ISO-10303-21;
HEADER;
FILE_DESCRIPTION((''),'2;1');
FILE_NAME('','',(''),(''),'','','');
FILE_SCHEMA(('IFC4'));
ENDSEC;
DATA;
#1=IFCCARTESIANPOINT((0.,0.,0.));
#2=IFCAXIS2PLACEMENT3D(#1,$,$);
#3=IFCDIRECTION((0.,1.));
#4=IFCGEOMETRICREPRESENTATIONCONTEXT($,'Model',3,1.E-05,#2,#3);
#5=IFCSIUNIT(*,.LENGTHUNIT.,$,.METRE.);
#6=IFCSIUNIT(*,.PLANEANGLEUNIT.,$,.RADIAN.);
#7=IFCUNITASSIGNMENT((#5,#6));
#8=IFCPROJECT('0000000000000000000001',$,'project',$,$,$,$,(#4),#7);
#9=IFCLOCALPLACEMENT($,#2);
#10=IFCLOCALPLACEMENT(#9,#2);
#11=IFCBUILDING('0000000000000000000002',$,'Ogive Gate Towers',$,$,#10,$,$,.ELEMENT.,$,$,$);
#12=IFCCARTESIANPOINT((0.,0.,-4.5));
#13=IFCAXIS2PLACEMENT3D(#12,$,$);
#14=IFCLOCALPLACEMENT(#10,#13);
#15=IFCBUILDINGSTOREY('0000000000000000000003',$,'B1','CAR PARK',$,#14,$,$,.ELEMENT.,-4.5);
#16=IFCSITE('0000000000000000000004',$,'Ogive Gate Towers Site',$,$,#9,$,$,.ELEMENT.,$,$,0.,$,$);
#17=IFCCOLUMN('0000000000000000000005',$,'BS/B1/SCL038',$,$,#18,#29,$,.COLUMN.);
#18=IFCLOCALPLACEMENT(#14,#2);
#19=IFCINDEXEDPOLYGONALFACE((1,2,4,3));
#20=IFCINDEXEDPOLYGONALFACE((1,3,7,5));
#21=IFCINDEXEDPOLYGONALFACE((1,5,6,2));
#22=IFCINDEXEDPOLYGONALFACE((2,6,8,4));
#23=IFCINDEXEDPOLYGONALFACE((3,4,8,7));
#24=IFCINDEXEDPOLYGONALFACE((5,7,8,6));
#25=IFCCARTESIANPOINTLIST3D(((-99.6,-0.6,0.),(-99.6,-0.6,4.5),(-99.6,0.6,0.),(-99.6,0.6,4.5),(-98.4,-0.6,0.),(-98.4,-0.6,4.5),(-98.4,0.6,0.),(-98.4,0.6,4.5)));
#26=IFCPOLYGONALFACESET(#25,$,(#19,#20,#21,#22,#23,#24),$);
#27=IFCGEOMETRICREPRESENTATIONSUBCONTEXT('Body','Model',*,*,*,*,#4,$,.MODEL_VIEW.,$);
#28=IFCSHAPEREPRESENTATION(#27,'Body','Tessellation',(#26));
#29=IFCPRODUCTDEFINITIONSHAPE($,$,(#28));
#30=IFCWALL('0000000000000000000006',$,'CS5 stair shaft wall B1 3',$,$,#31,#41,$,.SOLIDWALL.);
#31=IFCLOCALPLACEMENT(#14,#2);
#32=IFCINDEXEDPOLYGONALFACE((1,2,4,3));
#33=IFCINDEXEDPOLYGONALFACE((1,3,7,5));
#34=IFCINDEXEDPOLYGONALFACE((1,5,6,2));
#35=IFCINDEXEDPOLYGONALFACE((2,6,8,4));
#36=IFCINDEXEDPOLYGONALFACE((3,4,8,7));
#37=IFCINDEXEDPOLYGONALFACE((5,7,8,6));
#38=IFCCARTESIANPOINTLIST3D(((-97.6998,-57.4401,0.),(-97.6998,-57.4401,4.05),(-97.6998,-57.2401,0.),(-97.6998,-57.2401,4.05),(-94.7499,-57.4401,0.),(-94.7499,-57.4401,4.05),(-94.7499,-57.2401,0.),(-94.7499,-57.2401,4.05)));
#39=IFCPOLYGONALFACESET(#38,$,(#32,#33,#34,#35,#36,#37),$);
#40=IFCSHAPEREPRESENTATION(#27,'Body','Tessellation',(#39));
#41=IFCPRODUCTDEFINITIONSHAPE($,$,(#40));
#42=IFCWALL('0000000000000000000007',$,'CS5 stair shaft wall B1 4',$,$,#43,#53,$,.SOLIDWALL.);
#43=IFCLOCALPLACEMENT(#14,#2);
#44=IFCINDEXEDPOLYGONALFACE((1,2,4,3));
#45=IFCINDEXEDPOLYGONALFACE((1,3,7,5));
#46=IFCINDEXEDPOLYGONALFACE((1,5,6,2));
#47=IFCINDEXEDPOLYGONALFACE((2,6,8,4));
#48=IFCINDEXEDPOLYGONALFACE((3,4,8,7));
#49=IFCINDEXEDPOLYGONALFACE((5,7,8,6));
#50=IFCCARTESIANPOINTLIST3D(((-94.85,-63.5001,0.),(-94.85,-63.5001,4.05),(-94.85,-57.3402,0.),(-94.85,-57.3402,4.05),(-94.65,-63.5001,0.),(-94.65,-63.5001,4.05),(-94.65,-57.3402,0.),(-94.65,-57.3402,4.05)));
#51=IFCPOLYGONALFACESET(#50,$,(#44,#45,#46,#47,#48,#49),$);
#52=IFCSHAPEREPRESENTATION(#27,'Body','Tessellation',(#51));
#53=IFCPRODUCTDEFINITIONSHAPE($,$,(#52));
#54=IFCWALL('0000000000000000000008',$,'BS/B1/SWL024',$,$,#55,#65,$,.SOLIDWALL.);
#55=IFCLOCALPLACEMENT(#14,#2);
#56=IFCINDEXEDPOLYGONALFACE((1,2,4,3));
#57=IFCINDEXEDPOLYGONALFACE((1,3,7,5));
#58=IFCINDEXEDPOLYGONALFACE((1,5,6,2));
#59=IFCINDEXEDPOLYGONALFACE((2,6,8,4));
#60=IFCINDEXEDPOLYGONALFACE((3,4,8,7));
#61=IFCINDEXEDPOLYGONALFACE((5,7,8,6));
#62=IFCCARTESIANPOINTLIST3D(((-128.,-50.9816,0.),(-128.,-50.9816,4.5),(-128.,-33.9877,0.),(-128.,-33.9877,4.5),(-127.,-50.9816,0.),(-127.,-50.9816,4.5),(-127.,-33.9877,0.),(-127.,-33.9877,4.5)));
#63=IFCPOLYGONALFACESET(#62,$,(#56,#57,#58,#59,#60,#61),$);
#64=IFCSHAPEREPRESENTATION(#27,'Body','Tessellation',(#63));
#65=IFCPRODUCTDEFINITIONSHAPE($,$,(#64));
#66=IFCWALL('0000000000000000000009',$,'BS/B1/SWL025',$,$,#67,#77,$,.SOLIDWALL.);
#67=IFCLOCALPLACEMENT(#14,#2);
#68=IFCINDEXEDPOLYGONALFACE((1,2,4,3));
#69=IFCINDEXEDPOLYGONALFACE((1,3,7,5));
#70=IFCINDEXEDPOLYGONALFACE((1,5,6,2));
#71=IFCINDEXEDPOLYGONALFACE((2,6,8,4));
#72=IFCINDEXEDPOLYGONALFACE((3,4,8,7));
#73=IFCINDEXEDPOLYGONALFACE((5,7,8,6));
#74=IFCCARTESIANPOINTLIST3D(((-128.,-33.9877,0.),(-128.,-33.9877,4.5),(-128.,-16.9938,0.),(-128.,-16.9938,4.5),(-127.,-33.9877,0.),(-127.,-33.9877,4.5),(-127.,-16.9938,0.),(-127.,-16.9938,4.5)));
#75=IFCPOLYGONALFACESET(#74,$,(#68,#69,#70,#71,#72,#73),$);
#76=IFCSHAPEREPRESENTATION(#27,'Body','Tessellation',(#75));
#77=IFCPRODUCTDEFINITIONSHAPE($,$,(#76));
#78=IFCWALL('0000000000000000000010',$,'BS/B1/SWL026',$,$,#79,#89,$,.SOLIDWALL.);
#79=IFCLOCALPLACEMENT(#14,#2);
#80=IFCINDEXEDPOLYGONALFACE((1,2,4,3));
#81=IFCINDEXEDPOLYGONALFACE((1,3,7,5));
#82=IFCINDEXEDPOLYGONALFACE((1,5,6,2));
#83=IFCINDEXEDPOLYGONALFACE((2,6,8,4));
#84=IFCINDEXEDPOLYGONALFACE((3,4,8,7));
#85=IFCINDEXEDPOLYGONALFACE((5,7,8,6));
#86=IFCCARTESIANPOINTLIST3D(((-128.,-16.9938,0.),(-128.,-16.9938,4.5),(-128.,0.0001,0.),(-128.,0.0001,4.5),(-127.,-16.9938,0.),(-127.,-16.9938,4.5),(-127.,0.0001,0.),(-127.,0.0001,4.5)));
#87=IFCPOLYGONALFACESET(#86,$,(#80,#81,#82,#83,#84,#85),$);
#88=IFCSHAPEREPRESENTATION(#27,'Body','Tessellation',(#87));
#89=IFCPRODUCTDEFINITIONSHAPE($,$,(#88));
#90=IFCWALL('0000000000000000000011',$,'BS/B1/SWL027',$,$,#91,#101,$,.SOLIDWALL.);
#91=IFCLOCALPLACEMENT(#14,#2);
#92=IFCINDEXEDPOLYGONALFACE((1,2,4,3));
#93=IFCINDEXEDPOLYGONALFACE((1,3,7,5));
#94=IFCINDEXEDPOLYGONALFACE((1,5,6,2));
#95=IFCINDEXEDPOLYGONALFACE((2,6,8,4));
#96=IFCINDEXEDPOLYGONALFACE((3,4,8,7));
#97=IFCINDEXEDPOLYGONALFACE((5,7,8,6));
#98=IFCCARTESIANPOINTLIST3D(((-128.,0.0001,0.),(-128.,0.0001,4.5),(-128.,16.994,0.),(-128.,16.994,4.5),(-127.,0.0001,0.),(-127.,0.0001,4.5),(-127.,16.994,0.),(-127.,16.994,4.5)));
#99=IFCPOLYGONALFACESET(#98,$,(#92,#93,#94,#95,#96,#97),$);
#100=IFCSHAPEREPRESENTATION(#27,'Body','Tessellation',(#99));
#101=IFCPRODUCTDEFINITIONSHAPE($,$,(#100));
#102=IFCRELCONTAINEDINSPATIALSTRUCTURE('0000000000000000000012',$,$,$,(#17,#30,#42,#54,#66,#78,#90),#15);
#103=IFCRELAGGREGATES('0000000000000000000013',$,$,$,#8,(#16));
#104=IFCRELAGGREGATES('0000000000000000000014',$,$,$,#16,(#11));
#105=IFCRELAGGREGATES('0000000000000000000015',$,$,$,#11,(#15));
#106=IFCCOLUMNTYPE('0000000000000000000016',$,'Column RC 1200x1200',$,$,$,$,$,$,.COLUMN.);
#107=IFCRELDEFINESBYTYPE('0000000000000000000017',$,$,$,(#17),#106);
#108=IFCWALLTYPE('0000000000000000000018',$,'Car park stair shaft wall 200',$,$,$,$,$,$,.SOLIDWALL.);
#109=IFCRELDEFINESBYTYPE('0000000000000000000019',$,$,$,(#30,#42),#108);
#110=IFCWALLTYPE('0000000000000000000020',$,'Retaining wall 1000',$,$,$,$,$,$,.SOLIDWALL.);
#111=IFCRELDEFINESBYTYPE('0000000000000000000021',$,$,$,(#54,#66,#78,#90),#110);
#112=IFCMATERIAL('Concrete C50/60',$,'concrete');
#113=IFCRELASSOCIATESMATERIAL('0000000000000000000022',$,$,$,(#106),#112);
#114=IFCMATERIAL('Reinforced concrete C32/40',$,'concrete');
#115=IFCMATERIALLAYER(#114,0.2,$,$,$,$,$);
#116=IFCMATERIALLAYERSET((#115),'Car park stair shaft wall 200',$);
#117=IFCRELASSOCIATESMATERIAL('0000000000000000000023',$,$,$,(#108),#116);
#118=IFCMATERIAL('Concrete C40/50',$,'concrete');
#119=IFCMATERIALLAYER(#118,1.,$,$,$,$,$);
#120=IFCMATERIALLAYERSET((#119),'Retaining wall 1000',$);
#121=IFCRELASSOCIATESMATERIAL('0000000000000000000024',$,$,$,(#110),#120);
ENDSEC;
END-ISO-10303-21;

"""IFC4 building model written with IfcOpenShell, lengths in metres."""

from ifc_helpers import new_model, si_unit, direction, frame, frame_2d, origin, origin_2d, place, context, subcontext, project, spatial, rectangle, extrude, material, layer, layer_set, material_profile, profile_set, type_object, element, save


model = new_model("IFC4")

# Units and contexts
model_context = context("Model", 3, precision=1e-05, world=origin(), true_north=direction((0.0, 1.0)))
body_context = subcontext(model_context, "Body", "Model", "MODEL_VIEW")
ifc_project = project(units=[si_unit("LENGTHUNIT", "METRE"), si_unit("PLANEANGLEUNIT", "RADIAN")], contexts=[model_context])

# Site, building, storey
site_placement = place(None, origin())
site = spatial("IfcSite", under=ifc_project, at=site_placement, Name="Ogive Gate Towers Site", CompositionType="ELEMENT", RefElevation=0.0)
building_placement = place(site_placement, origin())
building = spatial("IfcBuilding", under=site, at=building_placement, Name="Ogive Gate Towers", CompositionType="ELEMENT")
storey_placement = place(building_placement, frame((0.0, 0.0, -4.5)))
storey = spatial("IfcBuildingStorey", under=building, at=storey_placement, Name="B1", Description="CAR PARK", CompositionType="ELEMENT", Elevation=-4.5)

# Column
ifc_material_1 = material(Name="Concrete C50/60", Category="concrete")
ifc_material_profile = material_profile(ifc_material_1, rectangle(XDim=1.2, YDim=1.2, at=origin_2d()), Name="RC 1200x1200")
ifc_profile_set = profile_set([ifc_material_profile], Name="Concrete C50/60")
column_type = type_object("IfcColumnType", Name="Column RC 1200x1200", PredefinedType="COLUMN", material=ifc_profile_set)
for number, where, z_axis, x_axis, name in (
    (1, (-99.0, 0.0, 0.0), (0.0, 0.0, 1.0), (1.0, 0.0, 0.0), "BS/B1/SCL038"),
):
    element("IfcColumn", number, at=place(storey_placement, frame(where, z_axis=z_axis, x_axis=x_axis)), inside=storey, type_object=column_type, Name=name, PredefinedType="COLUMN", context=body_context, shape_type="SweptSolid", body=[
        extrude(rectangle(XDim=1.2, YDim=1.2, at=origin_2d()), origin(), (0.0, 0.0, 1.0), 4.5),
    ])

# Walls
ifc_material_2 = material(Name="Reinforced concrete C32/40", Category="concrete")
ifc_layer_1 = layer(ifc_material_2, 0.2)
ifc_layer_set_1 = layer_set([ifc_layer_1], Name="Car park stair shaft wall 200")
wall_type_1 = type_object("IfcWallType", Name="Car park stair shaft wall 200", PredefinedType="SOLIDWALL", material=ifc_layer_set_1)
wall_1_placement = place(storey_placement, frame((-97.7, -57.3401, 0.0), z_axis=(0.0, 0.0, 1.0), x_axis=(1.0, 0.0, 0.0)))
element("IfcWall", 2, at=wall_1_placement, inside=storey, type_object=wall_type_1, Name="CS5 stair shaft wall B1 3", PredefinedType="SOLIDWALL", context=body_context, shape_type="SweptSolid", body=[
    extrude(rectangle(XDim=2.95, YDim=0.2, at=frame_2d((1.4751, 0.0))), origin(), (0.0, 0.0, 1.0), 4.05),
])
wall_2_placement = place(storey_placement, frame((-94.75, -57.3401, 0.0), z_axis=(0.0, 0.0, 1.0), x_axis=(0.0, -1.0, 0.0)))
element("IfcWall", 3, at=wall_2_placement, inside=storey, type_object=wall_type_1, Name="CS5 stair shaft wall B1 4", PredefinedType="SOLIDWALL", context=body_context, shape_type="SweptSolid", body=[
    extrude(rectangle(XDim=6.1599, YDim=0.2, at=frame_2d((3.0801, 0.0))), origin(), (0.0, 0.0, 1.0), 4.05),
])
ifc_material_3 = material(Name="Concrete C40/50", Category="concrete")
ifc_layer_2 = layer(ifc_material_3, 1.0)
ifc_layer_set_2 = layer_set([ifc_layer_2], Name="Retaining wall 1000")
wall_type_2 = type_object("IfcWallType", Name="Retaining wall 1000", PredefinedType="SOLIDWALL", material=ifc_layer_set_2)
for number, where, z_axis, x_axis, name in (
    (4, (-127.5, -50.9817, 0.0), (0.0, 0.0, 1.0), (0.0, 1.0, 0.0), "BS/B1/SWL024"),
    (5, (-127.5, -33.9878, 0.0), (0.0, 0.0, 1.0), (0.0, 1.0, 0.0), "BS/B1/SWL025"),
    (6, (-127.5, -16.9939, 0.0), (0.0, 0.0, 1.0), (0.0, 1.0, 0.0), "BS/B1/SWL026"),
    (7, (-127.5, 0.0, 0.0), (0.0, 0.0, 1.0), (0.0, 1.0, 0.0), "BS/B1/SWL027"),
):
    element("IfcWall", number, at=place(storey_placement, frame(where, z_axis=z_axis, x_axis=x_axis)), inside=storey, type_object=wall_type_2, Name=name, PredefinedType="SOLIDWALL", context=body_context, shape_type="SweptSolid", body=[
        extrude(rectangle(XDim=16.9939, YDim=1.0, at=frame_2d((8.4971, 0.0))), origin(), (0.0, 0.0, 1.0), 4.5),
    ])

save(model, "model.ifc")
